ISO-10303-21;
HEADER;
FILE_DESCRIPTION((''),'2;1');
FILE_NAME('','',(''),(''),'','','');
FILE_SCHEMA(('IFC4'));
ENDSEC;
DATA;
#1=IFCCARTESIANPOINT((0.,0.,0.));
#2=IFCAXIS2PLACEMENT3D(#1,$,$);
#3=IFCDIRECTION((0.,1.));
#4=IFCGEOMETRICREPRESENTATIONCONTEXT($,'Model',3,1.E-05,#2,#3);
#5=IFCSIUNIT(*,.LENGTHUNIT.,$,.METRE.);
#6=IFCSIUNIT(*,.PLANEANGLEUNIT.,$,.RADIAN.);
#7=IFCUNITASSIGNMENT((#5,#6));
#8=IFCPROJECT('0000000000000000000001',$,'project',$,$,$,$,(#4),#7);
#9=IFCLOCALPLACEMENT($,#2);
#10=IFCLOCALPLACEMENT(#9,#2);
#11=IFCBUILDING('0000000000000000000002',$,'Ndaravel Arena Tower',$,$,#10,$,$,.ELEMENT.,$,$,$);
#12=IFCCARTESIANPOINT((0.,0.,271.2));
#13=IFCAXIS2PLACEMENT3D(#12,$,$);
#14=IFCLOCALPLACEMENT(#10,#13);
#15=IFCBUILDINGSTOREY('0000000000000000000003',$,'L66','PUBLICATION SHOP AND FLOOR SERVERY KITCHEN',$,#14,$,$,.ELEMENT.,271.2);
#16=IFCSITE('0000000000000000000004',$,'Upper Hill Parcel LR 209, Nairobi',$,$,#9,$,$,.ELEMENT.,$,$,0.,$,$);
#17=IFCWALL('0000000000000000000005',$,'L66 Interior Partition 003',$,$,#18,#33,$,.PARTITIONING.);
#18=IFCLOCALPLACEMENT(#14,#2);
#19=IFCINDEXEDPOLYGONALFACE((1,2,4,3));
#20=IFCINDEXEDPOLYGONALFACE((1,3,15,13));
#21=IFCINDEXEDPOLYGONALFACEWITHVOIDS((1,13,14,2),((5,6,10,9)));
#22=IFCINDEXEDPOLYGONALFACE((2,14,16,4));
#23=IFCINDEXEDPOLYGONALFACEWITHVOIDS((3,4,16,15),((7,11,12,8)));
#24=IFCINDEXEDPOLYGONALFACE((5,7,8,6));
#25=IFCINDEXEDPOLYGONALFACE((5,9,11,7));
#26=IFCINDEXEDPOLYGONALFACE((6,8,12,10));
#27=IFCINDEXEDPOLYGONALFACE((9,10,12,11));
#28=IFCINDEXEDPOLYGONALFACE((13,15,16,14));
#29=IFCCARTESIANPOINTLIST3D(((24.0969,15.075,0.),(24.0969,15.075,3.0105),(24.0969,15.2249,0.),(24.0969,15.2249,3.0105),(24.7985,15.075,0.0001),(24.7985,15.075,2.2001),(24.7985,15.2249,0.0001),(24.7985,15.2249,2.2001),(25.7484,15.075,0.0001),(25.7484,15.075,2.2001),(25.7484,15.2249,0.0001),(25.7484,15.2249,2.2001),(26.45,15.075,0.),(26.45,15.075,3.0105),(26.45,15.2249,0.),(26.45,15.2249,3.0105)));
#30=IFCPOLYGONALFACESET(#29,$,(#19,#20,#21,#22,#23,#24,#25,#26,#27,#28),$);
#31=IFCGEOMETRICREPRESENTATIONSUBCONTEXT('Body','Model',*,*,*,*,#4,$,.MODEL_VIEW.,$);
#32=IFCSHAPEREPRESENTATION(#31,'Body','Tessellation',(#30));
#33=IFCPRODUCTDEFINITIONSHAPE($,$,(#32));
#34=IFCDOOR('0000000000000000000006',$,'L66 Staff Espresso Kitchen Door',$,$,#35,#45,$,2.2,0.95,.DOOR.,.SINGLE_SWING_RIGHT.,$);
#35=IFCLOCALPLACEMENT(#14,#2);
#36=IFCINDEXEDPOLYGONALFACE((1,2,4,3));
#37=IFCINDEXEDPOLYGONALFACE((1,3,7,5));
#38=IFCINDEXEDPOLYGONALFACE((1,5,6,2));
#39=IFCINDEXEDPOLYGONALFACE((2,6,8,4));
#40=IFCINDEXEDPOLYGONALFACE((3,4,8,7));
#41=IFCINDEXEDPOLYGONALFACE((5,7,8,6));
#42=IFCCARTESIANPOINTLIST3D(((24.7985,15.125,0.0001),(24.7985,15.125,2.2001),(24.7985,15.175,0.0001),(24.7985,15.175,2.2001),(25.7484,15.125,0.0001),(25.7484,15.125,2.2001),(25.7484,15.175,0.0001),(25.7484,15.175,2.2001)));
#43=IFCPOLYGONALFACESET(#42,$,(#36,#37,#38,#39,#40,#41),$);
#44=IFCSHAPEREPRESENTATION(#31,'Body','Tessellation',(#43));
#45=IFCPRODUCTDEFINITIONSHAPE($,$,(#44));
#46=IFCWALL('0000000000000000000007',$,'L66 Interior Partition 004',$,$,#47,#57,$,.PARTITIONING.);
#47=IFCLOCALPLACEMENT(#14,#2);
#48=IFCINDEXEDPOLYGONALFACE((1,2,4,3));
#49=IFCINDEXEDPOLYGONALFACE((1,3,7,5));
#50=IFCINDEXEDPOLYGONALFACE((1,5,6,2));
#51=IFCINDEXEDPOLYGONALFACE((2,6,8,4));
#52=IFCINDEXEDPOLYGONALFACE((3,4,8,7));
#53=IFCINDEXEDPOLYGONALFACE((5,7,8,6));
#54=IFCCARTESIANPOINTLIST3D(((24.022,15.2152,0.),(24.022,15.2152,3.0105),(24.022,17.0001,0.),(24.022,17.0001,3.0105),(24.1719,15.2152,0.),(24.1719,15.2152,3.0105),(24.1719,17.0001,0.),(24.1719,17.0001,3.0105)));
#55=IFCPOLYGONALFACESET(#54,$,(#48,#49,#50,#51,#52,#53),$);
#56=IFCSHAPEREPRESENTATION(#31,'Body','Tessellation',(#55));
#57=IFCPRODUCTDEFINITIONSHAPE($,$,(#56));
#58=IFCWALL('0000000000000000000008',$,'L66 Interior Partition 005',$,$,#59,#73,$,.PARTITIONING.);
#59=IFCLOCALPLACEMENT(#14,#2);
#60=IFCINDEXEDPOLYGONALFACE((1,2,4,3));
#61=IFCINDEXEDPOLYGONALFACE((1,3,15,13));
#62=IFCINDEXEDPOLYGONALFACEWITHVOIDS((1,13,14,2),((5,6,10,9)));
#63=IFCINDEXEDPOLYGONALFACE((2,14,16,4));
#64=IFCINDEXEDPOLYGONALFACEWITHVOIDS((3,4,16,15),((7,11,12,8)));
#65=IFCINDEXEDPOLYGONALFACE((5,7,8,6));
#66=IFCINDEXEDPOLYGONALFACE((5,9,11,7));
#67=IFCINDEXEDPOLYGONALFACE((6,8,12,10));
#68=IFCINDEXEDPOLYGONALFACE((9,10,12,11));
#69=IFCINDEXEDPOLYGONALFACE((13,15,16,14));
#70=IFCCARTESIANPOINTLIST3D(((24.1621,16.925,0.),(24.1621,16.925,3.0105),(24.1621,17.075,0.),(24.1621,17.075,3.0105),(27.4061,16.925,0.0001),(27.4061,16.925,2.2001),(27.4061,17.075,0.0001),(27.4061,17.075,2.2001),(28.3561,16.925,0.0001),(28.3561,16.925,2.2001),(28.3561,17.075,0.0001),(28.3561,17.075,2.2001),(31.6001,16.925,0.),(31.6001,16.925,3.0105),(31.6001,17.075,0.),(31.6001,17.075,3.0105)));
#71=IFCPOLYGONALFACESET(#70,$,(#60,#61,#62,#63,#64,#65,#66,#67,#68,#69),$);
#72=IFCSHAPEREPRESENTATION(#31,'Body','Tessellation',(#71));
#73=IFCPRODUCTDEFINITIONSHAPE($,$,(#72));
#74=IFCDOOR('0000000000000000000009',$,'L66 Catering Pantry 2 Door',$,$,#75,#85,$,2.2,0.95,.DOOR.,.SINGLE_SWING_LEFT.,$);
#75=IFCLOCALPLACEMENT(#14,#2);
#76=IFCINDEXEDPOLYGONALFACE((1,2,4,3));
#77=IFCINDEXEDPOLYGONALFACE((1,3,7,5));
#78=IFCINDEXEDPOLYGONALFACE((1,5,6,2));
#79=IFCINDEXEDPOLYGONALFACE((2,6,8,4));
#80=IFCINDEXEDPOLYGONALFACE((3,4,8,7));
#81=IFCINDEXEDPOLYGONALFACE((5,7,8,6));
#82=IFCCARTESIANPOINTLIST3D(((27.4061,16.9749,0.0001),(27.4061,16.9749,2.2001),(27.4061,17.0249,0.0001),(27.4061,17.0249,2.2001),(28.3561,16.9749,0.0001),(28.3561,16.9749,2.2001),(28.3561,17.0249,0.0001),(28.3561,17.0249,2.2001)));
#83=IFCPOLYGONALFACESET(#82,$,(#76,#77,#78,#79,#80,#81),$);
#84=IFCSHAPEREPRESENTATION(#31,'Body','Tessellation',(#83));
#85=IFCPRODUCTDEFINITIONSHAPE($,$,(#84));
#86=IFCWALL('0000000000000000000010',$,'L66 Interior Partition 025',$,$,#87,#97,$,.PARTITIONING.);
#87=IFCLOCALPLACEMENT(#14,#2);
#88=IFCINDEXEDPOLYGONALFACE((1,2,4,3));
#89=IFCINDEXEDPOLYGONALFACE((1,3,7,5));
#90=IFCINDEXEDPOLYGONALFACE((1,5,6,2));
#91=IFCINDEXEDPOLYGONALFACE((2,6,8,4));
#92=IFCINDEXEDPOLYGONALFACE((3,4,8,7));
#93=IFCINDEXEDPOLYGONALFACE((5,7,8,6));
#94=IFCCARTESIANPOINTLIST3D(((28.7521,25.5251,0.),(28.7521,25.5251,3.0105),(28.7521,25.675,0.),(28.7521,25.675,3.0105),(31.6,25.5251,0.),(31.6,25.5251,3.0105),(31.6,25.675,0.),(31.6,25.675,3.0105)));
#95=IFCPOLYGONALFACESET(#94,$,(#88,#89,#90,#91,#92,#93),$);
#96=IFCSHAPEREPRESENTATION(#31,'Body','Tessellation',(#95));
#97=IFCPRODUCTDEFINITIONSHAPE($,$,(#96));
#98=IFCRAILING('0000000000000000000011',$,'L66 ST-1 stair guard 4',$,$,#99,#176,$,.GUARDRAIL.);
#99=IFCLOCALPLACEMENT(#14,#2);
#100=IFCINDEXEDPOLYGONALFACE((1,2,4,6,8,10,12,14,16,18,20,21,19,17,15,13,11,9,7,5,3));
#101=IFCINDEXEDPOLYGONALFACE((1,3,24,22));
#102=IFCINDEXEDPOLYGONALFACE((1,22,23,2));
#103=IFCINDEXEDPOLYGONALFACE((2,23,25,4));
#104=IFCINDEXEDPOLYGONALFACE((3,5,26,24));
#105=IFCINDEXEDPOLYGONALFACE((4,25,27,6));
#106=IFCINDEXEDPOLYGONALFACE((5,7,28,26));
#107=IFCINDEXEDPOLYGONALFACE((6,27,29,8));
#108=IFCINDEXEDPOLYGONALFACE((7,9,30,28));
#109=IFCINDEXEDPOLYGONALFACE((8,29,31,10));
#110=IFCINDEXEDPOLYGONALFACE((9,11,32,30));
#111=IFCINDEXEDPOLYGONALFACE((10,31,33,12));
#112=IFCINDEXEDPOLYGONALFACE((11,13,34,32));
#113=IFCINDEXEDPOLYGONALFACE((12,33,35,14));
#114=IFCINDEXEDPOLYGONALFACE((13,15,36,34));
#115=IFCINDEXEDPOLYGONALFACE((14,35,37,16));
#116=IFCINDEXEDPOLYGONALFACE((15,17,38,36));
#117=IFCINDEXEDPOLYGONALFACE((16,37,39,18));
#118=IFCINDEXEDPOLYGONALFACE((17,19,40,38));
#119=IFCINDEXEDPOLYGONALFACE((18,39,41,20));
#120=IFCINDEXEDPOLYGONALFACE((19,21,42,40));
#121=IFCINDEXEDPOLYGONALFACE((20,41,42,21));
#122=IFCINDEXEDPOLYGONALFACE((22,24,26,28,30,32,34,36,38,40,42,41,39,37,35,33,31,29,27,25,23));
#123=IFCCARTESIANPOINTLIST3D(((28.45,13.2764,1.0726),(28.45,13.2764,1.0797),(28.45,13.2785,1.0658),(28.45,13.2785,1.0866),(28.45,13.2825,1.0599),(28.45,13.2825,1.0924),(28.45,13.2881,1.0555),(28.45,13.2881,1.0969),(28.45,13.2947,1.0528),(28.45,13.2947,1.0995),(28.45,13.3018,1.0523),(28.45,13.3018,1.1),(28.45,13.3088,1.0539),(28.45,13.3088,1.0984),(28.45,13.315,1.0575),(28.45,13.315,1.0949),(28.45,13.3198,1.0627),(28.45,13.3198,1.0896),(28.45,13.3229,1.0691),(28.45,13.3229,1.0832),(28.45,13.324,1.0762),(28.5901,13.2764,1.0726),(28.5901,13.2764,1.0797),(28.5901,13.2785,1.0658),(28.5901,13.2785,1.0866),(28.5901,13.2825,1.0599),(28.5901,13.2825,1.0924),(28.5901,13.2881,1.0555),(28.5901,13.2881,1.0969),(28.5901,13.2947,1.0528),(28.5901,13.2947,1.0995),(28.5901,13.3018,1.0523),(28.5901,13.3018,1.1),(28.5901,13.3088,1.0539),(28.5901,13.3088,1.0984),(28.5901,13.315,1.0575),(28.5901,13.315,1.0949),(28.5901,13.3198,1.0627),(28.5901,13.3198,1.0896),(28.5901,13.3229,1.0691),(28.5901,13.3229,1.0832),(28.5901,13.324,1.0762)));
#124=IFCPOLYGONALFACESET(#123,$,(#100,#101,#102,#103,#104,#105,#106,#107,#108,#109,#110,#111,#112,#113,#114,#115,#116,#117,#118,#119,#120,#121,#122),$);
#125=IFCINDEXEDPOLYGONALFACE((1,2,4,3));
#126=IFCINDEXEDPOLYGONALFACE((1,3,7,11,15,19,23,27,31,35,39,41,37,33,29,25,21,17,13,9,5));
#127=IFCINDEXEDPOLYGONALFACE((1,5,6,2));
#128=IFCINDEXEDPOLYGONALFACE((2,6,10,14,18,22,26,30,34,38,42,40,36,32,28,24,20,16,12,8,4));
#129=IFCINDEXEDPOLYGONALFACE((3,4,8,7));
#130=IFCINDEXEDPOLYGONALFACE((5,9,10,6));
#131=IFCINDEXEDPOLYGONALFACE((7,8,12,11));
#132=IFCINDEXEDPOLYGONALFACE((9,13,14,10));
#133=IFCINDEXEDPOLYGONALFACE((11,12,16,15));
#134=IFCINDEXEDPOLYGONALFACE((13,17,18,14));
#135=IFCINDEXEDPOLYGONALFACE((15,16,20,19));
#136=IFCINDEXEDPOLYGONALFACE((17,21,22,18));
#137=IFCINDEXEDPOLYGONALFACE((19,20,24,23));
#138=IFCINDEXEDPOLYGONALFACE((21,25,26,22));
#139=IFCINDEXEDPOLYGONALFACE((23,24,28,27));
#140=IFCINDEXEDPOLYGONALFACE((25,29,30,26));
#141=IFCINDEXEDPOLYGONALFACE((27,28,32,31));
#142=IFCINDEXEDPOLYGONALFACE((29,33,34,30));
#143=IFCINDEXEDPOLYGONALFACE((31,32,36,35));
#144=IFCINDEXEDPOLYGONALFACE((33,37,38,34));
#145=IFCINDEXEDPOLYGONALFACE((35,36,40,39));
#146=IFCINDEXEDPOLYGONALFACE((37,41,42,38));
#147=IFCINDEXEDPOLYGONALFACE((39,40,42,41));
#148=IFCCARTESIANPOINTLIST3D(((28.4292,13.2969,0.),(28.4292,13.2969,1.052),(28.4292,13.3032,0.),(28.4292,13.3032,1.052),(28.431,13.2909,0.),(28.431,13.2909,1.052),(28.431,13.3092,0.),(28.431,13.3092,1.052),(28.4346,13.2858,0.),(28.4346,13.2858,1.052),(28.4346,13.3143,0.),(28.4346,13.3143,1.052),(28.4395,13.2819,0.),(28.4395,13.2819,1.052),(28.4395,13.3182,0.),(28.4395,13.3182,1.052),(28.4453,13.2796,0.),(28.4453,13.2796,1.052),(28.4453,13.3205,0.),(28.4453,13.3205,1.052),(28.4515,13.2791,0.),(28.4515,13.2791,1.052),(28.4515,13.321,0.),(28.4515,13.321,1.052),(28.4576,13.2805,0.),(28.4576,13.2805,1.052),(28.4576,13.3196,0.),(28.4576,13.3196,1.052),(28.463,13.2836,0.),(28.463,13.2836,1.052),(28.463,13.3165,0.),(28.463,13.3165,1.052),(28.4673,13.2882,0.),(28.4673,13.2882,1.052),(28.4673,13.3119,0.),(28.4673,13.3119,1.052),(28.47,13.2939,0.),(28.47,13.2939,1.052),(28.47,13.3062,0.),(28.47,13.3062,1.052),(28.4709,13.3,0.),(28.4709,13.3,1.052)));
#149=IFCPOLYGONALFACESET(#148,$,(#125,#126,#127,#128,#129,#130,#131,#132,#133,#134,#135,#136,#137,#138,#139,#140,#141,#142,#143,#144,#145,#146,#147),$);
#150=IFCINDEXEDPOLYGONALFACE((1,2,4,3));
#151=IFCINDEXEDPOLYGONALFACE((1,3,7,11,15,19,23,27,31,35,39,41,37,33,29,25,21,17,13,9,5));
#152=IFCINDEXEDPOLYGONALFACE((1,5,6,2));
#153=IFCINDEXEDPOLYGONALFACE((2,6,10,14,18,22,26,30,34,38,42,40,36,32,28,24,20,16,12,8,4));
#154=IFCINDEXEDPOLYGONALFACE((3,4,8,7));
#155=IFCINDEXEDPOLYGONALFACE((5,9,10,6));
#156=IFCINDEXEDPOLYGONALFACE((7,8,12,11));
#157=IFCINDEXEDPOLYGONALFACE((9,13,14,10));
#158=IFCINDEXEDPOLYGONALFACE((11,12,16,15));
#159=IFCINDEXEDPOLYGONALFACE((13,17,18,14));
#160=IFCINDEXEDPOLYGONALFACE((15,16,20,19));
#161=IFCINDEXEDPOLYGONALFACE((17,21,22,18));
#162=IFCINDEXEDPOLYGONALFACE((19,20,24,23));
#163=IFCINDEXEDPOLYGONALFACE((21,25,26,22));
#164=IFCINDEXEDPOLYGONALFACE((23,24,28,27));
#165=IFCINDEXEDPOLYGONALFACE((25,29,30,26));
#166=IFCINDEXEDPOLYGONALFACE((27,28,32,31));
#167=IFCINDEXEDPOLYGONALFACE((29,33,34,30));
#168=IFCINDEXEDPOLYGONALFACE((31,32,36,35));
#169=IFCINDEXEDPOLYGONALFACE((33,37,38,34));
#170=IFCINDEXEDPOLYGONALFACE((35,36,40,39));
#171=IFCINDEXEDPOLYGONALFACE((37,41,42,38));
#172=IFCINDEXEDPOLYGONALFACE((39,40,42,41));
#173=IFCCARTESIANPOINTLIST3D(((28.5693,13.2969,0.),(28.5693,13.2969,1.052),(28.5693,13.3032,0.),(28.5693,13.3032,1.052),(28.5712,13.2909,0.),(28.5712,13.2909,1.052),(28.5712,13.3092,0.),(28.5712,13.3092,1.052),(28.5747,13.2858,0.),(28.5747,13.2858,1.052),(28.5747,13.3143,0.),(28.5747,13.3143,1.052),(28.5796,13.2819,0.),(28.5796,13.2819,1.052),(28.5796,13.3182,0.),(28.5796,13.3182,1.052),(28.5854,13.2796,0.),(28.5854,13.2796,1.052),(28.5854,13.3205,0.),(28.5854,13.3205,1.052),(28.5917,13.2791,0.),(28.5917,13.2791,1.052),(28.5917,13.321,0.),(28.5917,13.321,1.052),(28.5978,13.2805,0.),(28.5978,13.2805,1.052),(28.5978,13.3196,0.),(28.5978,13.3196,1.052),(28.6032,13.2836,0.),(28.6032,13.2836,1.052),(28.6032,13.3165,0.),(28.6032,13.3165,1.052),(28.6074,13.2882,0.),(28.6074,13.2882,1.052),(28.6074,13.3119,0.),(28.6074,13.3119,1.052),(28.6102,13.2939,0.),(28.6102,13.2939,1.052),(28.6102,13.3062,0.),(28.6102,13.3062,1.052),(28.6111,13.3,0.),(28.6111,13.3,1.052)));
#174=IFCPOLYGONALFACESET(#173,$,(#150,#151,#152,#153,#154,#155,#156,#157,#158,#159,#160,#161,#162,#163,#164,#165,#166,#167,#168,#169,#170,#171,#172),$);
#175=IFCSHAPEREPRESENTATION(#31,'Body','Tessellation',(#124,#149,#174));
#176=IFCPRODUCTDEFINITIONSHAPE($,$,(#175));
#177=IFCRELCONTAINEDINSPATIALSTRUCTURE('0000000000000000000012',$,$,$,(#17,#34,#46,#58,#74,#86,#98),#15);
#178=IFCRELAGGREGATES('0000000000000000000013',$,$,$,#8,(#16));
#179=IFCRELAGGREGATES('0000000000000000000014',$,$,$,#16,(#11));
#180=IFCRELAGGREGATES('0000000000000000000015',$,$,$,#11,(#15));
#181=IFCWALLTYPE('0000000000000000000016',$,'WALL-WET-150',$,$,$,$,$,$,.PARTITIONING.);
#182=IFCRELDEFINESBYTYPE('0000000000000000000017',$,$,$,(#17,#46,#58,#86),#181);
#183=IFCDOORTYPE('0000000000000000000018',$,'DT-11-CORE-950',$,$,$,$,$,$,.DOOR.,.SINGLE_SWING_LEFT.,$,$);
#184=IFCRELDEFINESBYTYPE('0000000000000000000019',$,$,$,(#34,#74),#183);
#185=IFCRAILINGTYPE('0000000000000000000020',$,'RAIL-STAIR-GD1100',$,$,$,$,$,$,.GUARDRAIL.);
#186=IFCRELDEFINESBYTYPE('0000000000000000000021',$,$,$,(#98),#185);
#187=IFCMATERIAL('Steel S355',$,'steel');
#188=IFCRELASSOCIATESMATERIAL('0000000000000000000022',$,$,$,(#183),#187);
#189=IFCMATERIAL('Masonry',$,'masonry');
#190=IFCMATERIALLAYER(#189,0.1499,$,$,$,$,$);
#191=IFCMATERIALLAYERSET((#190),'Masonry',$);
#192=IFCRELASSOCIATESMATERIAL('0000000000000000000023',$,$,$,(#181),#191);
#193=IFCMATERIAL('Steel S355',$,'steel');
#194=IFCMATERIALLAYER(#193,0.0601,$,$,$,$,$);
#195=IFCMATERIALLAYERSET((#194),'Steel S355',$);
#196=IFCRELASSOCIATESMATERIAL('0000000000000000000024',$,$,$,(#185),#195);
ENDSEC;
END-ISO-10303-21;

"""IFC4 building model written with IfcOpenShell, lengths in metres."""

from ifc_helpers import new_model, si_unit, direction, frame, frame_2d, origin, origin_2d, place, context, subcontext, project, spatial, rectangle, circle, extrude, material, layer, layer_set, type_object, element, fill, save


model = new_model("IFC4")

# Units and contexts
model_context = context("Model", 3, precision=1e-05, world=origin(), true_north=direction((0.0, 1.0)))
body_context = subcontext(model_context, "Body", "Model", "MODEL_VIEW")
ifc_project = project(units=[si_unit("LENGTHUNIT", "METRE"), si_unit("PLANEANGLEUNIT", "RADIAN")], contexts=[model_context])

# Site, building, storey
site_placement = place(None, origin())
site = spatial("IfcSite", under=ifc_project, at=site_placement, Name="Upper Hill Parcel LR 209, Nairobi", CompositionType="ELEMENT", RefElevation=0.0)
building_placement = place(site_placement, origin())
building = spatial("IfcBuilding", under=site, at=building_placement, Name="Ndaravel Arena Tower", CompositionType="ELEMENT")
storey_placement = place(building_placement, frame((0.0, 0.0, 271.2)))
storey = spatial("IfcBuildingStorey", under=building, at=storey_placement, Name="L66", Description="PUBLICATION SHOP AND FLOOR SERVERY KITCHEN", CompositionType="ELEMENT", Elevation=271.2)

# Shared definitions
ifc_material_1 = material(Name="Steel S355", Category="steel")
door_type_1 = type_object("IfcDoorType", Name="DT-11-CORE-950", OperationType="SINGLE_SWING_LEFT", PredefinedType="DOOR", material=ifc_material_1)

# Wall, opening, door
ifc_material_2 = material(Name="Masonry", Category="masonry")
ifc_layer_1 = layer(ifc_material_2, 0.1499)
ifc_layer_set_1 = layer_set([ifc_layer_1], Name="Masonry")
wall_type_1 = type_object("IfcWallType", Name="WALL-WET-150", PredefinedType="PARTITIONING", material=ifc_layer_set_1)
wall_1_placement = place(storey_placement, frame((26.45, 15.1499, 0.0), z_axis=(0.0, 0.0, 1.0), x_axis=(-1.0, 0.0, 0.0)))
wall_1 = element("IfcWall", 1, at=wall_1_placement, inside=storey, type_object=wall_type_1, Name="L66 Interior Partition 003", PredefinedType="PARTITIONING", context=body_context, shape_type="SweptSolid", body=[
    extrude(rectangle(XDim=2.353, YDim=0.1499, at=frame_2d((1.1765, 0.0))), origin(), (0.0, 0.0, 1.0), 3.0105),
])
opening_1_placement = place(wall_1_placement, frame((0.7014, 0.0, 0.0)))
opening_1 = element("IfcOpeningElement", 2, at=opening_1_placement, cuts=wall_1, PredefinedType="OPENING", context=body_context, shape_type="SweptSolid", body=[
    extrude(rectangle(XDim=0.95, YDim=2.2, at=frame_2d((0.4751, 1.1001))), frame((0.0, 0.075, 0.0), z_axis=(0.0, -1.0, 0.0), x_axis=(1.0, 0.0, 0.0)), (0.0, 0.0, 1.0), 0.1499),
])
door_1_placement = place(opening_1_placement, origin())
door_1 = element("IfcDoor", 3, at=door_1_placement, inside=storey, type_object=door_type_1, Name="L66 Staff Espresso Kitchen Door", OperationType="SINGLE_SWING_RIGHT", OverallHeight=2.2, OverallWidth=0.95, PredefinedType="DOOR", context=body_context, shape_type="SweptSolid", body=[
    extrude(rectangle(XDim=0.95, YDim=2.2, at=frame_2d((0.4751, 1.1001))), frame((0.0, 0.0249, 0.0), z_axis=(0.0, -1.0, 0.0), x_axis=(1.0, 0.0, 0.0)), (0.0, 0.0, 1.0), 0.05),
])
fill(opening_1, door_1)

# Wall
wall_2_placement = place(storey_placement, frame((24.0969, 15.2151, 0.0), z_axis=(0.0, 0.0, 1.0), x_axis=(0.0, 1.0, 0.0)))
element("IfcWall", 4, at=wall_2_placement, inside=storey, type_object=wall_type_1, Name="L66 Interior Partition 004", PredefinedType="PARTITIONING", context=body_context, shape_type="SweptSolid", body=[
    extrude(rectangle(XDim=1.7849, YDim=0.1499, at=frame_2d((0.8926, 0.0))), origin(), (0.0, 0.0, 1.0), 3.0105),
])

# Wall, opening, door
wall_3_placement = place(storey_placement, frame((24.1621, 17.0, 0.0), z_axis=(0.0, 0.0, 1.0), x_axis=(1.0, 0.0, 0.0)))
wall_3 = element("IfcWall", 5, at=wall_3_placement, inside=storey, type_object=wall_type_1, Name="L66 Interior Partition 005", PredefinedType="PARTITIONING", context=body_context, shape_type="SweptSolid", body=[
    extrude(rectangle(XDim=7.438, YDim=0.1499, at=frame_2d((3.719, 0.0))), origin(), (0.0, 0.0, 1.0), 3.0105),
])
opening_2_placement = place(wall_3_placement, frame((3.2439, 0.0, 0.0)))
opening_2 = element("IfcOpeningElement", 6, at=opening_2_placement, cuts=wall_3, PredefinedType="OPENING", context=body_context, shape_type="SweptSolid", body=[
    extrude(rectangle(XDim=0.95, YDim=2.2, at=frame_2d((0.4751, 1.1001))), frame((0.0, 0.075, 0.0), z_axis=(0.0, -1.0, 0.0), x_axis=(1.0, 0.0, 0.0)), (0.0, 0.0, 1.0), 0.1499),
])
door_2_placement = place(opening_2_placement, origin())
door_2 = element("IfcDoor", 7, at=door_2_placement, inside=storey, type_object=door_type_1, Name="L66 Catering Pantry 2 Door", OperationType="SINGLE_SWING_LEFT", OverallHeight=2.2, OverallWidth=0.95, PredefinedType="DOOR", context=body_context, shape_type="SweptSolid", body=[
    extrude(rectangle(XDim=0.95, YDim=2.2, at=frame_2d((0.4751, 1.1001))), frame((0.0, 0.0249, 0.0), z_axis=(0.0, -1.0, 0.0), x_axis=(1.0, 0.0, 0.0)), (0.0, 0.0, 1.0), 0.05),
])
fill(opening_2, door_2)

# Wall
wall_4_placement = place(storey_placement, frame((28.7522, 25.6001, 0.0), z_axis=(0.0, 0.0, 1.0), x_axis=(1.0, 0.0, 0.0)))
element("IfcWall", 8, at=wall_4_placement, inside=storey, type_object=wall_type_1, Name="L66 Interior Partition 025", PredefinedType="PARTITIONING", context=body_context, shape_type="SweptSolid", body=[
    extrude(rectangle(XDim=2.8479, YDim=0.1499, at=frame_2d((1.4238, 0.0))), origin(), (0.0, 0.0, 1.0), 3.0105),
])

# Railing
ifc_material_3 = material(Name="Steel S355", Category="steel")
ifc_layer_2 = layer(ifc_material_3, 0.0601)
ifc_layer_set_2 = layer_set([ifc_layer_2], Name="Steel S355")
railing_type = type_object("IfcRailingType", Name="RAIL-STAIR-GD1100", PredefinedType="GUARDRAIL", material=ifc_layer_set_2)
railing_1_placement = place(storey_placement, frame((28.45, 13.3, 0.0)))
element("IfcRailing", 9, at=railing_1_placement, inside=storey, type_object=railing_type, Name="L66 ST-1 stair guard 4", PredefinedType="GUARDRAIL", context=body_context, shape_type="SweptSolid", body=[
    extrude(circle(Radius=0.0239, at=origin_2d()), frame((0.0, 0.0, 1.0762), z_axis=(1.0, 0.0, 0.0), x_axis=(0.0, 1.0, 0.0)), (0.0, 0.0, 1.0), 0.1401),
    extrude(circle(Radius=0.021, at=origin_2d()), origin(), (0.0, 0.0, 1.0), 1.052),
    extrude(circle(Radius=0.021, at=origin_2d()), frame((0.1401, 0.0, 0.0)), (0.0, 0.0, 1.0), 1.052),
])

save(model, "model.ifc")
